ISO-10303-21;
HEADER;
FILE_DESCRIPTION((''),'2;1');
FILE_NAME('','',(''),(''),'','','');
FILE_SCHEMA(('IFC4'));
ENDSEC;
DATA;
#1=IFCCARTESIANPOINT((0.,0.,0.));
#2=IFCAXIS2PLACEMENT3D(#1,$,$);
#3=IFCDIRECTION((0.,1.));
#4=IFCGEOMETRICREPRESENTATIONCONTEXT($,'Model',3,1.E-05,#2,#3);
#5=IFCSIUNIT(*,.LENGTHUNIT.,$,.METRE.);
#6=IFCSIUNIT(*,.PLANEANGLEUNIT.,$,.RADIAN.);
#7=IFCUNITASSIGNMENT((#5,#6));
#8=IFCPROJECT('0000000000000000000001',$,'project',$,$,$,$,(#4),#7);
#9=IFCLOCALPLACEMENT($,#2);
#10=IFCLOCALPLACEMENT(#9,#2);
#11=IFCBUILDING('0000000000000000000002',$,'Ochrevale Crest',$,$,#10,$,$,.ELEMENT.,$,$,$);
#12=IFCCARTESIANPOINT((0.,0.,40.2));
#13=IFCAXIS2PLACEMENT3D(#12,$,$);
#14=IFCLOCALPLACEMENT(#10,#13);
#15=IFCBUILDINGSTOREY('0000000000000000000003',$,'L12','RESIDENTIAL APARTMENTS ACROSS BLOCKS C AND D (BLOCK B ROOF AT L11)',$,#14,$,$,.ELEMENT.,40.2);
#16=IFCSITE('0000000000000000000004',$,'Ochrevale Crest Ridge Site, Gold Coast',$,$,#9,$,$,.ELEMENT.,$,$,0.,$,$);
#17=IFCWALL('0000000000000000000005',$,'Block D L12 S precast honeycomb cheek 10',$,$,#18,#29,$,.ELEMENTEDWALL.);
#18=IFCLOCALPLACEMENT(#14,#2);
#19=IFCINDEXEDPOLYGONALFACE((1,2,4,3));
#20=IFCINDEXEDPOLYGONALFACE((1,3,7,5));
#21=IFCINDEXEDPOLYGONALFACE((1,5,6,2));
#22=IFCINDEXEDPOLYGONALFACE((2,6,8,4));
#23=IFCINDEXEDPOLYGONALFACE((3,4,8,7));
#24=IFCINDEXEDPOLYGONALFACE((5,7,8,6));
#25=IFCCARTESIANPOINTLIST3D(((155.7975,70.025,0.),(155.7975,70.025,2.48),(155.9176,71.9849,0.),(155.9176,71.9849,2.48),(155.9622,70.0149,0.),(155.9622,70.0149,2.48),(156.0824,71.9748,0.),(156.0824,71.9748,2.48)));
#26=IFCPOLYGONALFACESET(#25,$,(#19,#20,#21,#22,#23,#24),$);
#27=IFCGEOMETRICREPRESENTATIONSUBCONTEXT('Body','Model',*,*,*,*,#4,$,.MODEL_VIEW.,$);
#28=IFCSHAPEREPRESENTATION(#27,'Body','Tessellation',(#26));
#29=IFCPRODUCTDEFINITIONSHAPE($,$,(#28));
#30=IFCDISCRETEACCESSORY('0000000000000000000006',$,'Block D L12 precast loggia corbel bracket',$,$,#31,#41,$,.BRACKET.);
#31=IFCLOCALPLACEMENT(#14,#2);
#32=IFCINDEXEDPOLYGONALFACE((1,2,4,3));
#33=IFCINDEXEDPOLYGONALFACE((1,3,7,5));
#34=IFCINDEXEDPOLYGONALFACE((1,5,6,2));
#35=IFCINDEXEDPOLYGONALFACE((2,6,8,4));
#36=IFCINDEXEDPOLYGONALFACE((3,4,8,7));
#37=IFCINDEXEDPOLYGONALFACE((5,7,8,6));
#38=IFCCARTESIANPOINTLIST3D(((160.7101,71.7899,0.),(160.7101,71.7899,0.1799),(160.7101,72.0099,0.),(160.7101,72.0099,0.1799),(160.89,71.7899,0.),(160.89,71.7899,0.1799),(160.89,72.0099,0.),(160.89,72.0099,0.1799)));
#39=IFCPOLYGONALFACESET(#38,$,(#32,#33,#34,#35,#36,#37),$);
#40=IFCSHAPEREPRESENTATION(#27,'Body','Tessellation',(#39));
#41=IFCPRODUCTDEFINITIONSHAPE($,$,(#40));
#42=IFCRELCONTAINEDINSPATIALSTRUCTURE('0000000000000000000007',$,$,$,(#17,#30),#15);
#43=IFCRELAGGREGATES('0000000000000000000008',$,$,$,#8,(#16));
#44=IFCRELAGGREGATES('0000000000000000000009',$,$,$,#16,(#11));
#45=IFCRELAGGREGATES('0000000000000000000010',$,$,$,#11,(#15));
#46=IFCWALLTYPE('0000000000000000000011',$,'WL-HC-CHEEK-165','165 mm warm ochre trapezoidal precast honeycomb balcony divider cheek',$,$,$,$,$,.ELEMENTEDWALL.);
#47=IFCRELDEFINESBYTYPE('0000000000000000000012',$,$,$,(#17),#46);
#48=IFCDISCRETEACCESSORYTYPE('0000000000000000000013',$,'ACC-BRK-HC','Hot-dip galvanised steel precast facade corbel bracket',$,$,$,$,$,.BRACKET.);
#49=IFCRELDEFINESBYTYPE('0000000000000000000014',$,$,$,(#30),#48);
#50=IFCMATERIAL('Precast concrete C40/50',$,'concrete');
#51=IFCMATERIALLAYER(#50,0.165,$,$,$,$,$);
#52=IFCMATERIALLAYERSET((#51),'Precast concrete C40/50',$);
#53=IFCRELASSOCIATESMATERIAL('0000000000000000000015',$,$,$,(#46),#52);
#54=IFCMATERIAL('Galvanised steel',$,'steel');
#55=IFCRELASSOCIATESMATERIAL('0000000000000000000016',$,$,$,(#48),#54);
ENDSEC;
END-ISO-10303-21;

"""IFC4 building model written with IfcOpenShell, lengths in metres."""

from ifc_helpers import new_model, si_unit, direction, frame, frame_2d, origin, origin_2d, place, context, subcontext, project, spatial, rectangle, extrude, material, layer, layer_set, type_object, element, save


model = new_model("IFC4")

# Units and contexts
model_context = context("Model", 3, precision=1e-05, world=origin(), true_north=direction((0.0, 1.0)))
body_context = subcontext(model_context, "Body", "Model", "MODEL_VIEW")
ifc_project = project(units=[si_unit("LENGTHUNIT", "METRE"), si_unit("PLANEANGLEUNIT", "RADIAN")], contexts=[model_context])

# Site, building, storey
site_placement = place(None, origin())
site = spatial("IfcSite", under=ifc_project, at=site_placement, Name="Ochrevale Crest Ridge Site, Gold Coast", CompositionType="ELEMENT", RefElevation=0.0)
building_placement = place(site_placement, origin())
building = spatial("IfcBuilding", under=site, at=building_placement, Name="Ochrevale Crest", CompositionType="ELEMENT")
storey_placement = place(building_placement, frame((0.0, 0.0, 40.2)))
storey = spatial("IfcBuildingStorey", under=building, at=storey_placement, Name="L12", Description="RESIDENTIAL APARTMENTS ACROSS BLOCKS C AND D (BLOCK B ROOF AT L11)", CompositionType="ELEMENT", Elevation=40.2)

# Shared definitions
ifc_material_1 = material(Name="Precast concrete C40/50", Category="concrete")

# Wall
ifc_layer_1 = layer(ifc_material_1, 0.165)
ifc_layer_set_1 = layer_set([ifc_layer_1], Name="Precast concrete C40/50")
wall_type = type_object("IfcWallType", Name="WL-HC-CHEEK-165", Description="165 mm warm ochre trapezoidal precast honeycomb balcony divider cheek", PredefinedType="ELEMENTEDWALL", material=ifc_layer_set_1)
for number, where, z_axis, x_axis, name in (
    (1, (156.0, 71.98, 0.0), (0.0, 0.0, 1.0), (-0.061171, -0.998127, 0.0), "Block D L12 S precast honeycomb cheek 10"),
):
    element("IfcWall", number, at=place(storey_placement, frame(where, z_axis=z_axis, x_axis=x_axis)), inside=storey, type_object=wall_type, Name=name, PredefinedType="ELEMENTEDWALL", context=body_context, shape_type="SweptSolid", body=[
        extrude(rectangle(XDim=1.9636, YDim=0.165, at=frame_2d((0.9819, 0.0))), origin(), (0.0, 0.0, 1.0), 2.48),
    ])

# Discrete accessory
ifc_material_2 = material(Name="Galvanised steel", Category="steel")
discrete_accessory_type = type_object("IfcDiscreteAccessoryType", Name="ACC-BRK-HC", Description="Hot-dip galvanised steel precast facade corbel bracket", PredefinedType="BRACKET", material=ifc_material_2)
discrete_accessory_placement = place(storey_placement, frame((160.8, 71.8999, 0.0), z_axis=(0.0, 0.0, 1.0), x_axis=(1.0, 0.0, 0.0)))
element("IfcDiscreteAccessory", 2, at=discrete_accessory_placement, inside=storey, type_object=discrete_accessory_type, Name="Block D L12 precast loggia corbel bracket", PredefinedType="BRACKET", context=body_context, shape_type="SweptSolid", body=[
    extrude(rectangle(XDim=0.1799, YDim=0.22, at=origin_2d()), origin(), (0.0, 0.0, 1.0), 0.1799),
])

save(model, "model.ifc")
